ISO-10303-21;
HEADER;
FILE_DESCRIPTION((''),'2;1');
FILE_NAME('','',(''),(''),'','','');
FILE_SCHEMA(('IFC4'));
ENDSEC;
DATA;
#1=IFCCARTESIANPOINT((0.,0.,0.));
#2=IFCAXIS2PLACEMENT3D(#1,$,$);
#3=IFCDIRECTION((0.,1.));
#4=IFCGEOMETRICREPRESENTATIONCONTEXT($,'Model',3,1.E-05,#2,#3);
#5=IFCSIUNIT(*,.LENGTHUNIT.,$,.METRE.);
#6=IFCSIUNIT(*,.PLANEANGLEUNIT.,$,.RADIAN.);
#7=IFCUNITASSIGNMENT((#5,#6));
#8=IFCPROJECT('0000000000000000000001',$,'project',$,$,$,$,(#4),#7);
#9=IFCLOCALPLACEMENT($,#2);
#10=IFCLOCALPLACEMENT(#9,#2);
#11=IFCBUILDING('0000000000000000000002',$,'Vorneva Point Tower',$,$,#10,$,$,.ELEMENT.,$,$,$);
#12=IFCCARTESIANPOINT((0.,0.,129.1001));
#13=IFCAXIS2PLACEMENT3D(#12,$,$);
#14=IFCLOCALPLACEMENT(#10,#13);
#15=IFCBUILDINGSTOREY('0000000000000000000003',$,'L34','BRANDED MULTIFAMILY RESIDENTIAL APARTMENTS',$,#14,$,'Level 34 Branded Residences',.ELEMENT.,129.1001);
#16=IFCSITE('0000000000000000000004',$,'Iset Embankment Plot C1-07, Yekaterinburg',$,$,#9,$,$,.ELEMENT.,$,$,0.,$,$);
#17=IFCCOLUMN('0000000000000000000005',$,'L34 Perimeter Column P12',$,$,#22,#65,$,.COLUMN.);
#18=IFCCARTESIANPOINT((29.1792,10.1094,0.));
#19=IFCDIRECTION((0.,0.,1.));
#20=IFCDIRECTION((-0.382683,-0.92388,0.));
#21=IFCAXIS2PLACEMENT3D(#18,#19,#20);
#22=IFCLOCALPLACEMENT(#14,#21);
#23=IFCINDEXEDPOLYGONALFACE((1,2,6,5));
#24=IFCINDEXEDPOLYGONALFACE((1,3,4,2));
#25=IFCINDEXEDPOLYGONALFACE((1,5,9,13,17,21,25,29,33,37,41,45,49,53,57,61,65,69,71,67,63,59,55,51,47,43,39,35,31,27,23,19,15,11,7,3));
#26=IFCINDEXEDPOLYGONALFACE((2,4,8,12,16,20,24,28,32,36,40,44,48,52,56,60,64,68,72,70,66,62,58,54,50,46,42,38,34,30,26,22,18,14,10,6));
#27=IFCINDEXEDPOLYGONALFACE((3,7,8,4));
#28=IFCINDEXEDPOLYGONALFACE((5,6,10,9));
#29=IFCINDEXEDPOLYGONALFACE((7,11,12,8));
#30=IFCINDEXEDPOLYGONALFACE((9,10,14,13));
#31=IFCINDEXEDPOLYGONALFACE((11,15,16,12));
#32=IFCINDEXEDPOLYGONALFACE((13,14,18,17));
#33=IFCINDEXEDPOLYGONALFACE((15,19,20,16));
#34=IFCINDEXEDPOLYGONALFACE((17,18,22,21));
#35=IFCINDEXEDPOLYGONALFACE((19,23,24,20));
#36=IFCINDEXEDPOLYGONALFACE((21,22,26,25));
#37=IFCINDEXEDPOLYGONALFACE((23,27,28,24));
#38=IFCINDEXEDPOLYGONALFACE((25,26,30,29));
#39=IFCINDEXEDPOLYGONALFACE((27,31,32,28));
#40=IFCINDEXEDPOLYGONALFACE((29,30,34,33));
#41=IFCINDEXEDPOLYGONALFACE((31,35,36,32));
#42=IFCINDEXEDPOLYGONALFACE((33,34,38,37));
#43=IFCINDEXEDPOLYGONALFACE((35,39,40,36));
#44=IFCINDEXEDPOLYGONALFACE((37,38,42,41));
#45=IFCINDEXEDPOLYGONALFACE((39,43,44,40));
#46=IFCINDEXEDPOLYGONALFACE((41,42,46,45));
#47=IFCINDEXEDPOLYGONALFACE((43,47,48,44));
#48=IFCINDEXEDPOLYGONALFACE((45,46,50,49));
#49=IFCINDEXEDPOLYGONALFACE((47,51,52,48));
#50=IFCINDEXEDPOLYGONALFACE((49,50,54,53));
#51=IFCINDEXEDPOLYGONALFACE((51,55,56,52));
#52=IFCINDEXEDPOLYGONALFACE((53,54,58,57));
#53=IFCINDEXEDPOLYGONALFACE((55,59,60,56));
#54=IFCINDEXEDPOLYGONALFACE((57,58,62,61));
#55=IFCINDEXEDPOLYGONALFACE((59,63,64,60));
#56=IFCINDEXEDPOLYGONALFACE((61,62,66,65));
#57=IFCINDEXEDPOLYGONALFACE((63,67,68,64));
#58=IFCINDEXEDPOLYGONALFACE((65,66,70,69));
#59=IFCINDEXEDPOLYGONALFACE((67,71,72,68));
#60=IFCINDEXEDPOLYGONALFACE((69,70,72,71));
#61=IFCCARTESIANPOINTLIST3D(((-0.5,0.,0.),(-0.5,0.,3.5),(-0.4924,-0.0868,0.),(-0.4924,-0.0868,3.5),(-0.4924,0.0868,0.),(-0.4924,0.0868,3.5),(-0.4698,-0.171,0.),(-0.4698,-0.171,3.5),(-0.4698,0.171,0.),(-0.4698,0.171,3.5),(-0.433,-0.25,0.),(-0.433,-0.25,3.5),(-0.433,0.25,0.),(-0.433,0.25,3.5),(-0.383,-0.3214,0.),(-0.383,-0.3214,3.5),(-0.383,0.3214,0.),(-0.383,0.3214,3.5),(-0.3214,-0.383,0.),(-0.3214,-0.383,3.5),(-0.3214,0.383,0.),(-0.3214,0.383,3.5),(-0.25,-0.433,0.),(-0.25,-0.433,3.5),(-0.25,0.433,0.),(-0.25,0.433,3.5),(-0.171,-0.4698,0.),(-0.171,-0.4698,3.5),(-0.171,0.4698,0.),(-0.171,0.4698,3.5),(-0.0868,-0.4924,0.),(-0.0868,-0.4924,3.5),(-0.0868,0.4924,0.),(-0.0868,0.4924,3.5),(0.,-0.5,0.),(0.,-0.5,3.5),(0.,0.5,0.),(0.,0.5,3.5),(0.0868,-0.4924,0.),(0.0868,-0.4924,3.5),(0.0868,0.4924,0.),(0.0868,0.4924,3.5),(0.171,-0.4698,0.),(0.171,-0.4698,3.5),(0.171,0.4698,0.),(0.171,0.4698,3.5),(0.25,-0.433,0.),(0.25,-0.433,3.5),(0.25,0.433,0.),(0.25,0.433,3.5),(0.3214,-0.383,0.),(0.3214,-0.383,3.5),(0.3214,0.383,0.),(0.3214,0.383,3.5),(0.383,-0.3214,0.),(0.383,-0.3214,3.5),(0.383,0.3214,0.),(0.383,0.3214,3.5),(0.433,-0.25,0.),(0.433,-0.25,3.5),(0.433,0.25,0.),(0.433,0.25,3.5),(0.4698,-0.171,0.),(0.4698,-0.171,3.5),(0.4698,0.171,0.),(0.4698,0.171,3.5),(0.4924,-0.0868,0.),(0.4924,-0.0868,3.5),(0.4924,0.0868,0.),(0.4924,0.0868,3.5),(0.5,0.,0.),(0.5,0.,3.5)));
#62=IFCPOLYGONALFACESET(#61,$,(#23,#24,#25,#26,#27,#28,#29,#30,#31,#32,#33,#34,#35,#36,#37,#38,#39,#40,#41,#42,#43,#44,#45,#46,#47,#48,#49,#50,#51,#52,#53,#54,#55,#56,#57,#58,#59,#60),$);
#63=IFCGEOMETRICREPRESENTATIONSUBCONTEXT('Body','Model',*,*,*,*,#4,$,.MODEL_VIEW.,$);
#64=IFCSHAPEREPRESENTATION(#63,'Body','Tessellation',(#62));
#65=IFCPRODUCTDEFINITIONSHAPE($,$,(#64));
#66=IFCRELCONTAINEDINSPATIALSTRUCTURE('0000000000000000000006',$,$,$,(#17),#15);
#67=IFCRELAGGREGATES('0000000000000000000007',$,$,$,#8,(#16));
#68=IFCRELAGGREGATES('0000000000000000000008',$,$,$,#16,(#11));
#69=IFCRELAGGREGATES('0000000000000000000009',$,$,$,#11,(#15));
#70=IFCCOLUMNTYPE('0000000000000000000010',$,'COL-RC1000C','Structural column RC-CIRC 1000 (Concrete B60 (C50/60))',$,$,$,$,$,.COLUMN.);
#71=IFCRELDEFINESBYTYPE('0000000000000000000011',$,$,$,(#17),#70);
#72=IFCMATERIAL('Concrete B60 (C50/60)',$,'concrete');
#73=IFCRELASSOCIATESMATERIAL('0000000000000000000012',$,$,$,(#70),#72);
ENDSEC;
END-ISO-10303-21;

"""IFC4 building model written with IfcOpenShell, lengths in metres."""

from ifc_helpers import new_model, si_unit, direction, frame, origin, origin_2d, place, context, subcontext, project, spatial, circle, extrude, material, material_profile, profile_set, type_object, element, save


model = new_model("IFC4")

# Units and contexts
model_context = context("Model", 3, precision=1e-05, world=origin(), true_north=direction((0.0, 1.0)))
body_context = subcontext(model_context, "Body", "Model", "MODEL_VIEW")
ifc_project = project(units=[si_unit("LENGTHUNIT", "METRE"), si_unit("PLANEANGLEUNIT", "RADIAN")], contexts=[model_context])

# Site, building, storey
site_placement = place(None, origin())
site = spatial("IfcSite", under=ifc_project, at=site_placement, Name="Iset Embankment Plot C1-07, Yekaterinburg", CompositionType="ELEMENT", RefElevation=0.0)
building_placement = place(site_placement, origin())
building = spatial("IfcBuilding", under=site, at=building_placement, Name="Vorneva Point Tower", CompositionType="ELEMENT")
storey_placement = place(building_placement, frame((0.0, 0.0, 129.1001)))
storey = spatial("IfcBuildingStorey", under=building, at=storey_placement, Name="L34", Description="BRANDED MULTIFAMILY RESIDENTIAL APARTMENTS", LongName="Level 34 Branded Residences", CompositionType="ELEMENT", Elevation=129.1001)

# Column
ifc_material_1 = material(Name="Concrete B60 (C50/60)", Category="concrete")
ifc_material_profile_1 = material_profile(ifc_material_1, circle(Radius=0.5, at=origin_2d()), Name="RC-CIRC 1000")
ifc_profile_set_1 = profile_set([ifc_material_profile_1], Name="Concrete B60 (C50/60)")
column_type = type_object("IfcColumnType", Name="COL-RC1000C", Description="Structural column RC-CIRC 1000 (Concrete B60 (C50/60))", PredefinedType="COLUMN", material=ifc_profile_set_1)
column_placement = place(storey_placement, frame((29.1792, 10.1094, 0.0), z_axis=(0.0, 0.0, 1.0), x_axis=(-0.382683, -0.92388, 0.0)))
element("IfcColumn", 1, at=column_placement, inside=storey, type_object=column_type, Name="L34 Perimeter Column P12", PredefinedType="COLUMN", context=body_context, shape_type="SweptSolid", body=[
    extrude(circle(Radius=0.5, at=origin_2d()), origin(), (0.0, 0.0, 1.0), 3.5),
])

save(model, "model.ifc")
